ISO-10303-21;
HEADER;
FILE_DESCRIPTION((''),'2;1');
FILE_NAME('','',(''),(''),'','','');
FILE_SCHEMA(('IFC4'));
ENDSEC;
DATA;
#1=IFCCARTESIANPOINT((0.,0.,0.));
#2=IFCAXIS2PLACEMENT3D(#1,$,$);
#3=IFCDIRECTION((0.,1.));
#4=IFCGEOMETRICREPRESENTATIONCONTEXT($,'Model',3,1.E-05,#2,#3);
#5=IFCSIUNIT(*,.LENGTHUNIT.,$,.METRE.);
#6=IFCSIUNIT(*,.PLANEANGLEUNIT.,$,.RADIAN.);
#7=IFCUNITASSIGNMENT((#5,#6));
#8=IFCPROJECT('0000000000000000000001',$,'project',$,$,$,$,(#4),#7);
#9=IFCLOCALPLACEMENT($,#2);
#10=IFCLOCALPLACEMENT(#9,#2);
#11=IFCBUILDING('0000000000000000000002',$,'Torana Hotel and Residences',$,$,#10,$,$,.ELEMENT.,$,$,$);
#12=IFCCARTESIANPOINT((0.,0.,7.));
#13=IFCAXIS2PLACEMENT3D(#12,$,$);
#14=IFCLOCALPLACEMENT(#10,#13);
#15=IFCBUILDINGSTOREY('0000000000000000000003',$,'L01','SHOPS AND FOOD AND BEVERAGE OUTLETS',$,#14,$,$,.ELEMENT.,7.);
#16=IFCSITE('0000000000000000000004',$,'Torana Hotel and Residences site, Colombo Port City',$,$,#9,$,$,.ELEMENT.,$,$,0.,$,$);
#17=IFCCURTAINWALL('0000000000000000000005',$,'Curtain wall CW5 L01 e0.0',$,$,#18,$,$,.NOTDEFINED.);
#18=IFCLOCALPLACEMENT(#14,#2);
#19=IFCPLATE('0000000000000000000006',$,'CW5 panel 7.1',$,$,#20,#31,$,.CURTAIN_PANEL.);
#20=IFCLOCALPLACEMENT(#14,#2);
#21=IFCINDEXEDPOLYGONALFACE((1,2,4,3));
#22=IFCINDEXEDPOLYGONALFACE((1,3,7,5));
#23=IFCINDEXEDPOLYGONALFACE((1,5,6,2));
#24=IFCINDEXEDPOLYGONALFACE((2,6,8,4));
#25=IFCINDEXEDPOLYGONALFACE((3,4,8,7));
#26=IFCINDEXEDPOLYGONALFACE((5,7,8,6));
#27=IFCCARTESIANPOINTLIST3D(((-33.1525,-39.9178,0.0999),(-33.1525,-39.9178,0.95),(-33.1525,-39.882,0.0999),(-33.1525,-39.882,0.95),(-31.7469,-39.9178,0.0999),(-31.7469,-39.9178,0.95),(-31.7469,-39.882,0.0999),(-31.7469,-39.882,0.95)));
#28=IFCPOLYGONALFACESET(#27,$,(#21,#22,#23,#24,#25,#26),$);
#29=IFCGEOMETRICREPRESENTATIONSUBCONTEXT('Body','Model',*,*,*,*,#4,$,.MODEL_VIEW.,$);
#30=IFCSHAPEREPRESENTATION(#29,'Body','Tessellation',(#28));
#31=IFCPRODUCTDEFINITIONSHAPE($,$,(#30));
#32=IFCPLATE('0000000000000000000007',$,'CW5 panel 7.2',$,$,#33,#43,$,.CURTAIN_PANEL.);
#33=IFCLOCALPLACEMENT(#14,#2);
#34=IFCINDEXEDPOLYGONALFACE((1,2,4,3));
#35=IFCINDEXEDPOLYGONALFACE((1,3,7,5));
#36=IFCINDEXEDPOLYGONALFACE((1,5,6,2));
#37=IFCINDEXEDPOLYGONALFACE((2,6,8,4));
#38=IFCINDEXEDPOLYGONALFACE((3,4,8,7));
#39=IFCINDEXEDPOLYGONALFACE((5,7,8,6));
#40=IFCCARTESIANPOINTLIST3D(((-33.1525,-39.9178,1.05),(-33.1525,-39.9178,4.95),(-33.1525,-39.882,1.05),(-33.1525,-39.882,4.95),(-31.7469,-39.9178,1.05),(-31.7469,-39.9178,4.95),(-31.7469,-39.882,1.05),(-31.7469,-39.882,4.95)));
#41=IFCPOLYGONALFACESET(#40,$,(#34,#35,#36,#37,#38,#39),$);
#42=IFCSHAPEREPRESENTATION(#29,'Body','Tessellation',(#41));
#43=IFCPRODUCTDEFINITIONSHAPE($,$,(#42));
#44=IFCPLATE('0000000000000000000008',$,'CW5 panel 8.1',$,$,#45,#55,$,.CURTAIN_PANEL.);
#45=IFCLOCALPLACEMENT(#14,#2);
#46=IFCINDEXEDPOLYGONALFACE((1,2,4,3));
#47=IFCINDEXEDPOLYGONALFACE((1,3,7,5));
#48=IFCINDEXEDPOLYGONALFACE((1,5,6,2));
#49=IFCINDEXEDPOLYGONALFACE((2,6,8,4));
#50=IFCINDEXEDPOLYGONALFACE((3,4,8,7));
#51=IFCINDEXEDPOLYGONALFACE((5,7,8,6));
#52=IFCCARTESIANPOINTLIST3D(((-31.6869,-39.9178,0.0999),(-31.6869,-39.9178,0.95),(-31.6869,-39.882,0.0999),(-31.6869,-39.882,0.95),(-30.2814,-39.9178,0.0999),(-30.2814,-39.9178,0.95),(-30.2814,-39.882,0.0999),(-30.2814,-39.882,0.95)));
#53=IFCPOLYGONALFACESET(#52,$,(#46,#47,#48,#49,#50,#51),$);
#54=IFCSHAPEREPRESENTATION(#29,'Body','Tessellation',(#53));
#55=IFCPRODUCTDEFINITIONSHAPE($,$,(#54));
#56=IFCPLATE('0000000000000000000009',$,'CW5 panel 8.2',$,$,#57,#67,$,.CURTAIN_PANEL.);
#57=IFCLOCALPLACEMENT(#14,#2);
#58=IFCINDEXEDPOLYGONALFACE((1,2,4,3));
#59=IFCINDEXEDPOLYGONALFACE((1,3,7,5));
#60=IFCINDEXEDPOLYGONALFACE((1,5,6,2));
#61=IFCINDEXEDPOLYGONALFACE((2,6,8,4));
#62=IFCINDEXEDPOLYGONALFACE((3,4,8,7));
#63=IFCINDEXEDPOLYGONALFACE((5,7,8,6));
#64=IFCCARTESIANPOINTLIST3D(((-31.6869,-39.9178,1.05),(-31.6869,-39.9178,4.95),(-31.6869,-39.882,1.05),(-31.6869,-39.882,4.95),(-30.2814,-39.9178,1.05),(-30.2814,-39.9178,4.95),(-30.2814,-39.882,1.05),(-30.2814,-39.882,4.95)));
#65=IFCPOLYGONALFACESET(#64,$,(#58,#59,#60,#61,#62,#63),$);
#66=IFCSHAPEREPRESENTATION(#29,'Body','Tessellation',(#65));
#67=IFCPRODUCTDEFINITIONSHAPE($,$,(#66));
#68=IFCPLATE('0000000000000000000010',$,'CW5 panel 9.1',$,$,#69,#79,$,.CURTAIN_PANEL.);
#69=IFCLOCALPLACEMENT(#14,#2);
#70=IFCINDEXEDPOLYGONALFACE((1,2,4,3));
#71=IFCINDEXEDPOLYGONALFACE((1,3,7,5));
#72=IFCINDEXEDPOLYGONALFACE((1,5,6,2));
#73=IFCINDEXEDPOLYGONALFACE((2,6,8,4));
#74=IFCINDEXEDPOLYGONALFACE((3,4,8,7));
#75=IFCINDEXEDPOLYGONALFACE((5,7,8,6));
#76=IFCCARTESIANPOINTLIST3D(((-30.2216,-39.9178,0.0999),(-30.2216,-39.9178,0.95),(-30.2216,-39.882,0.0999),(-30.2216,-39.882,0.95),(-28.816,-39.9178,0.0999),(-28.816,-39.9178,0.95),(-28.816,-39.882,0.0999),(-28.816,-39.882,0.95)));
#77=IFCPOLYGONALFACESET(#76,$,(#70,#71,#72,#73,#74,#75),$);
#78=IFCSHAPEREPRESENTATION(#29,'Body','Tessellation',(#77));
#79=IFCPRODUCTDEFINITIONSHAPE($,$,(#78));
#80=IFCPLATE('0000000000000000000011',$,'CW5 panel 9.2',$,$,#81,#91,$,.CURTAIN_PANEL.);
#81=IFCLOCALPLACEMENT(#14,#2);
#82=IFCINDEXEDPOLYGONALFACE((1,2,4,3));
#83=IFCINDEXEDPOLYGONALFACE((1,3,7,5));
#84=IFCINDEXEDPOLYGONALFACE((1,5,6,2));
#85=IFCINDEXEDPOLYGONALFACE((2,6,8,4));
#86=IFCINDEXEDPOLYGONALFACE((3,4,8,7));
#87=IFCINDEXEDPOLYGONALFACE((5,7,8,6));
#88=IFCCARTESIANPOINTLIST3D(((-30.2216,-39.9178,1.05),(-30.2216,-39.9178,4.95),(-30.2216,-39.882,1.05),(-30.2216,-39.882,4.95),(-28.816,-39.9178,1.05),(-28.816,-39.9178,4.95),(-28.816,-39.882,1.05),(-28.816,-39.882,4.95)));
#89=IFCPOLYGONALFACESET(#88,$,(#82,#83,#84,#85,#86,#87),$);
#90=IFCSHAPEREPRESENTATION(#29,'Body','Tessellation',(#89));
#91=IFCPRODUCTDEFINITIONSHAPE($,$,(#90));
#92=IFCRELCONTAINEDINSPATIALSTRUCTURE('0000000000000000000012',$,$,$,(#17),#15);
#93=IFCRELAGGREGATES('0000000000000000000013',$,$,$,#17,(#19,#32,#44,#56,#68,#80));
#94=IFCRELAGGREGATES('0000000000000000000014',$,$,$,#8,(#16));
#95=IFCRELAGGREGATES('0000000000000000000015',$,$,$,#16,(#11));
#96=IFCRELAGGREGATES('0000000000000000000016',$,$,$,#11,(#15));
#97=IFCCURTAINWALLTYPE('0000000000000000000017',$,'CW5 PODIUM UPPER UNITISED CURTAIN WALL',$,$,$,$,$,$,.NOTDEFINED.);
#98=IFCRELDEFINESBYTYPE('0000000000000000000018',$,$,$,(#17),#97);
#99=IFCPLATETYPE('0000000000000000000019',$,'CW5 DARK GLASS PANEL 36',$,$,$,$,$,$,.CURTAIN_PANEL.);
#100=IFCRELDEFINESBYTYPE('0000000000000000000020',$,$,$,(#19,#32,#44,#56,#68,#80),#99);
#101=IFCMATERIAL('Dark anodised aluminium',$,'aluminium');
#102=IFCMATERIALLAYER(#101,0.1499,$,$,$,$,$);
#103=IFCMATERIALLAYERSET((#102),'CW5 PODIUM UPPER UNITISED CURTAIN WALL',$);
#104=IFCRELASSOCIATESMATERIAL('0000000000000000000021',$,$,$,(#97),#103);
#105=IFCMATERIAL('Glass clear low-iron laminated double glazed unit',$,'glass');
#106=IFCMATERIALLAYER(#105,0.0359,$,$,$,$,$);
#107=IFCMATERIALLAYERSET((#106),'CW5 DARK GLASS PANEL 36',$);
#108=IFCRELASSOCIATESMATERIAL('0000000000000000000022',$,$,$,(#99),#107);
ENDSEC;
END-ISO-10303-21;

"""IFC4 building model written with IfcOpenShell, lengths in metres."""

from ifc_helpers import new_model, si_unit, direction, frame, origin, origin_2d, place, context, subcontext, project, spatial, rectangle, extrude, material, layer, layer_set, type_object, element, aggregate, save


model = new_model("IFC4")

# Units and contexts
model_context = context("Model", 3, precision=1e-05, world=origin(), true_north=direction((0.0, 1.0)))
body_context = subcontext(model_context, "Body", "Model", "MODEL_VIEW")
ifc_project = project(units=[si_unit("LENGTHUNIT", "METRE"), si_unit("PLANEANGLEUNIT", "RADIAN")], contexts=[model_context])

# Site, building, storey
site_placement = place(None, origin())
site = spatial("IfcSite", under=ifc_project, at=site_placement, Name="Torana Hotel and Residences site, Colombo Port City", CompositionType="ELEMENT", RefElevation=0.0)
building_placement = place(site_placement, origin())
building = spatial("IfcBuilding", under=site, at=building_placement, Name="Torana Hotel and Residences", CompositionType="ELEMENT")
storey_placement = place(building_placement, frame((0.0, 0.0, 7.0)))
storey = spatial("IfcBuildingStorey", under=building, at=storey_placement, Name="L01", Description="SHOPS AND FOOD AND BEVERAGE OUTLETS", CompositionType="ELEMENT", Elevation=7.0)

# Curtain wall, plates
ifc_material_1 = material(Name="Dark anodised aluminium", Category="aluminium")
ifc_layer_1 = layer(ifc_material_1, 0.1499)
ifc_layer_set_1 = layer_set([ifc_layer_1], Name="CW5 PODIUM UPPER UNITISED CURTAIN WALL")
curtain_wall_type = type_object("IfcCurtainWallType", Name="CW5 PODIUM UPPER UNITISED CURTAIN WALL", PredefinedType="NOTDEFINED", material=ifc_layer_set_1)
curtain_wall_placement = place(storey_placement, origin())
curtain_wall = element("IfcCurtainWall", 1, at=curtain_wall_placement, inside=storey, type_object=curtain_wall_type, Name="Curtain wall CW5 L01 e0.0", PredefinedType="NOTDEFINED")
ifc_material_2 = material(Name="Glass clear low-iron laminated double glazed unit", Category="glass")
ifc_layer_2 = layer(ifc_material_2, 0.0359)
ifc_layer_set_2 = layer_set([ifc_layer_2], Name="CW5 DARK GLASS PANEL 36")
plate_type = type_object("IfcPlateType", Name="CW5 DARK GLASS PANEL 36", PredefinedType="CURTAIN_PANEL", material=ifc_layer_set_2)
plate_1_placement = place(storey_placement, frame((-32.4497, -39.8999, 0.0999), z_axis=(0.0, 0.0, 1.0), x_axis=(1.0, 0.0, 0.0)))
plate_1 = element("IfcPlate", 2, at=plate_1_placement, type_object=plate_type, Name="CW5 panel 7.1", PredefinedType="CURTAIN_PANEL", context=body_context, shape_type="SweptSolid", body=[
    extrude(rectangle(XDim=1.4055, YDim=0.0359, at=origin_2d()), origin(), (0.0, 0.0, 1.0), 0.8501),
])
plate_2_placement = place(storey_placement, frame((-32.4497, -39.8999, 1.05), z_axis=(0.0, 0.0, 1.0), x_axis=(1.0, 0.0, 0.0)))
plate_2 = element("IfcPlate", 3, at=plate_2_placement, type_object=plate_type, Name="CW5 panel 7.2", PredefinedType="CURTAIN_PANEL", context=body_context, shape_type="SweptSolid", body=[
    extrude(rectangle(XDim=1.4055, YDim=0.0359, at=origin_2d()), origin(), (0.0, 0.0, 1.0), 3.8999),
])
plate_3_placement = place(storey_placement, frame((-30.9841, -39.8999, 0.0999), z_axis=(0.0, 0.0, 1.0), x_axis=(1.0, 0.0, 0.0)))
plate_3 = element("IfcPlate", 4, at=plate_3_placement, type_object=plate_type, Name="CW5 panel 8.1", PredefinedType="CURTAIN_PANEL", context=body_context, shape_type="SweptSolid", body=[
    extrude(rectangle(XDim=1.4055, YDim=0.0359, at=origin_2d()), origin(), (0.0, 0.0, 1.0), 0.8501),
])
plate_4_placement = place(storey_placement, frame((-30.9841, -39.8999, 1.05), z_axis=(0.0, 0.0, 1.0), x_axis=(1.0, 0.0, 0.0)))
plate_4 = element("IfcPlate", 5, at=plate_4_placement, type_object=plate_type, Name="CW5 panel 8.2", PredefinedType="CURTAIN_PANEL", context=body_context, shape_type="SweptSolid", body=[
    extrude(rectangle(XDim=1.4055, YDim=0.0359, at=origin_2d()), origin(), (0.0, 0.0, 1.0), 3.8999),
])
plate_5_placement = place(storey_placement, frame((-29.5188, -39.8999, 0.0999), z_axis=(0.0, 0.0, 1.0), x_axis=(1.0, 0.0, 0.0)))
plate_5 = element("IfcPlate", 6, at=plate_5_placement, type_object=plate_type, Name="CW5 panel 9.1", PredefinedType="CURTAIN_PANEL", context=body_context, shape_type="SweptSolid", body=[
    extrude(rectangle(XDim=1.4055, YDim=0.0359, at=origin_2d()), origin(), (0.0, 0.0, 1.0), 0.8501),
])
plate_6_placement = place(storey_placement, frame((-29.5188, -39.8999, 1.05), z_axis=(0.0, 0.0, 1.0), x_axis=(1.0, 0.0, 0.0)))
plate_6 = element("IfcPlate", 7, at=plate_6_placement, type_object=plate_type, Name="CW5 panel 9.2", PredefinedType="CURTAIN_PANEL", context=body_context, shape_type="SweptSolid", body=[
    extrude(rectangle(XDim=1.4055, YDim=0.0359, at=origin_2d()), origin(), (0.0, 0.0, 1.0), 3.8999),
])
aggregate(curtain_wall, [plate_1, plate_2, plate_3, plate_4, plate_5, plate_6])

save(model, "model.ifc")
